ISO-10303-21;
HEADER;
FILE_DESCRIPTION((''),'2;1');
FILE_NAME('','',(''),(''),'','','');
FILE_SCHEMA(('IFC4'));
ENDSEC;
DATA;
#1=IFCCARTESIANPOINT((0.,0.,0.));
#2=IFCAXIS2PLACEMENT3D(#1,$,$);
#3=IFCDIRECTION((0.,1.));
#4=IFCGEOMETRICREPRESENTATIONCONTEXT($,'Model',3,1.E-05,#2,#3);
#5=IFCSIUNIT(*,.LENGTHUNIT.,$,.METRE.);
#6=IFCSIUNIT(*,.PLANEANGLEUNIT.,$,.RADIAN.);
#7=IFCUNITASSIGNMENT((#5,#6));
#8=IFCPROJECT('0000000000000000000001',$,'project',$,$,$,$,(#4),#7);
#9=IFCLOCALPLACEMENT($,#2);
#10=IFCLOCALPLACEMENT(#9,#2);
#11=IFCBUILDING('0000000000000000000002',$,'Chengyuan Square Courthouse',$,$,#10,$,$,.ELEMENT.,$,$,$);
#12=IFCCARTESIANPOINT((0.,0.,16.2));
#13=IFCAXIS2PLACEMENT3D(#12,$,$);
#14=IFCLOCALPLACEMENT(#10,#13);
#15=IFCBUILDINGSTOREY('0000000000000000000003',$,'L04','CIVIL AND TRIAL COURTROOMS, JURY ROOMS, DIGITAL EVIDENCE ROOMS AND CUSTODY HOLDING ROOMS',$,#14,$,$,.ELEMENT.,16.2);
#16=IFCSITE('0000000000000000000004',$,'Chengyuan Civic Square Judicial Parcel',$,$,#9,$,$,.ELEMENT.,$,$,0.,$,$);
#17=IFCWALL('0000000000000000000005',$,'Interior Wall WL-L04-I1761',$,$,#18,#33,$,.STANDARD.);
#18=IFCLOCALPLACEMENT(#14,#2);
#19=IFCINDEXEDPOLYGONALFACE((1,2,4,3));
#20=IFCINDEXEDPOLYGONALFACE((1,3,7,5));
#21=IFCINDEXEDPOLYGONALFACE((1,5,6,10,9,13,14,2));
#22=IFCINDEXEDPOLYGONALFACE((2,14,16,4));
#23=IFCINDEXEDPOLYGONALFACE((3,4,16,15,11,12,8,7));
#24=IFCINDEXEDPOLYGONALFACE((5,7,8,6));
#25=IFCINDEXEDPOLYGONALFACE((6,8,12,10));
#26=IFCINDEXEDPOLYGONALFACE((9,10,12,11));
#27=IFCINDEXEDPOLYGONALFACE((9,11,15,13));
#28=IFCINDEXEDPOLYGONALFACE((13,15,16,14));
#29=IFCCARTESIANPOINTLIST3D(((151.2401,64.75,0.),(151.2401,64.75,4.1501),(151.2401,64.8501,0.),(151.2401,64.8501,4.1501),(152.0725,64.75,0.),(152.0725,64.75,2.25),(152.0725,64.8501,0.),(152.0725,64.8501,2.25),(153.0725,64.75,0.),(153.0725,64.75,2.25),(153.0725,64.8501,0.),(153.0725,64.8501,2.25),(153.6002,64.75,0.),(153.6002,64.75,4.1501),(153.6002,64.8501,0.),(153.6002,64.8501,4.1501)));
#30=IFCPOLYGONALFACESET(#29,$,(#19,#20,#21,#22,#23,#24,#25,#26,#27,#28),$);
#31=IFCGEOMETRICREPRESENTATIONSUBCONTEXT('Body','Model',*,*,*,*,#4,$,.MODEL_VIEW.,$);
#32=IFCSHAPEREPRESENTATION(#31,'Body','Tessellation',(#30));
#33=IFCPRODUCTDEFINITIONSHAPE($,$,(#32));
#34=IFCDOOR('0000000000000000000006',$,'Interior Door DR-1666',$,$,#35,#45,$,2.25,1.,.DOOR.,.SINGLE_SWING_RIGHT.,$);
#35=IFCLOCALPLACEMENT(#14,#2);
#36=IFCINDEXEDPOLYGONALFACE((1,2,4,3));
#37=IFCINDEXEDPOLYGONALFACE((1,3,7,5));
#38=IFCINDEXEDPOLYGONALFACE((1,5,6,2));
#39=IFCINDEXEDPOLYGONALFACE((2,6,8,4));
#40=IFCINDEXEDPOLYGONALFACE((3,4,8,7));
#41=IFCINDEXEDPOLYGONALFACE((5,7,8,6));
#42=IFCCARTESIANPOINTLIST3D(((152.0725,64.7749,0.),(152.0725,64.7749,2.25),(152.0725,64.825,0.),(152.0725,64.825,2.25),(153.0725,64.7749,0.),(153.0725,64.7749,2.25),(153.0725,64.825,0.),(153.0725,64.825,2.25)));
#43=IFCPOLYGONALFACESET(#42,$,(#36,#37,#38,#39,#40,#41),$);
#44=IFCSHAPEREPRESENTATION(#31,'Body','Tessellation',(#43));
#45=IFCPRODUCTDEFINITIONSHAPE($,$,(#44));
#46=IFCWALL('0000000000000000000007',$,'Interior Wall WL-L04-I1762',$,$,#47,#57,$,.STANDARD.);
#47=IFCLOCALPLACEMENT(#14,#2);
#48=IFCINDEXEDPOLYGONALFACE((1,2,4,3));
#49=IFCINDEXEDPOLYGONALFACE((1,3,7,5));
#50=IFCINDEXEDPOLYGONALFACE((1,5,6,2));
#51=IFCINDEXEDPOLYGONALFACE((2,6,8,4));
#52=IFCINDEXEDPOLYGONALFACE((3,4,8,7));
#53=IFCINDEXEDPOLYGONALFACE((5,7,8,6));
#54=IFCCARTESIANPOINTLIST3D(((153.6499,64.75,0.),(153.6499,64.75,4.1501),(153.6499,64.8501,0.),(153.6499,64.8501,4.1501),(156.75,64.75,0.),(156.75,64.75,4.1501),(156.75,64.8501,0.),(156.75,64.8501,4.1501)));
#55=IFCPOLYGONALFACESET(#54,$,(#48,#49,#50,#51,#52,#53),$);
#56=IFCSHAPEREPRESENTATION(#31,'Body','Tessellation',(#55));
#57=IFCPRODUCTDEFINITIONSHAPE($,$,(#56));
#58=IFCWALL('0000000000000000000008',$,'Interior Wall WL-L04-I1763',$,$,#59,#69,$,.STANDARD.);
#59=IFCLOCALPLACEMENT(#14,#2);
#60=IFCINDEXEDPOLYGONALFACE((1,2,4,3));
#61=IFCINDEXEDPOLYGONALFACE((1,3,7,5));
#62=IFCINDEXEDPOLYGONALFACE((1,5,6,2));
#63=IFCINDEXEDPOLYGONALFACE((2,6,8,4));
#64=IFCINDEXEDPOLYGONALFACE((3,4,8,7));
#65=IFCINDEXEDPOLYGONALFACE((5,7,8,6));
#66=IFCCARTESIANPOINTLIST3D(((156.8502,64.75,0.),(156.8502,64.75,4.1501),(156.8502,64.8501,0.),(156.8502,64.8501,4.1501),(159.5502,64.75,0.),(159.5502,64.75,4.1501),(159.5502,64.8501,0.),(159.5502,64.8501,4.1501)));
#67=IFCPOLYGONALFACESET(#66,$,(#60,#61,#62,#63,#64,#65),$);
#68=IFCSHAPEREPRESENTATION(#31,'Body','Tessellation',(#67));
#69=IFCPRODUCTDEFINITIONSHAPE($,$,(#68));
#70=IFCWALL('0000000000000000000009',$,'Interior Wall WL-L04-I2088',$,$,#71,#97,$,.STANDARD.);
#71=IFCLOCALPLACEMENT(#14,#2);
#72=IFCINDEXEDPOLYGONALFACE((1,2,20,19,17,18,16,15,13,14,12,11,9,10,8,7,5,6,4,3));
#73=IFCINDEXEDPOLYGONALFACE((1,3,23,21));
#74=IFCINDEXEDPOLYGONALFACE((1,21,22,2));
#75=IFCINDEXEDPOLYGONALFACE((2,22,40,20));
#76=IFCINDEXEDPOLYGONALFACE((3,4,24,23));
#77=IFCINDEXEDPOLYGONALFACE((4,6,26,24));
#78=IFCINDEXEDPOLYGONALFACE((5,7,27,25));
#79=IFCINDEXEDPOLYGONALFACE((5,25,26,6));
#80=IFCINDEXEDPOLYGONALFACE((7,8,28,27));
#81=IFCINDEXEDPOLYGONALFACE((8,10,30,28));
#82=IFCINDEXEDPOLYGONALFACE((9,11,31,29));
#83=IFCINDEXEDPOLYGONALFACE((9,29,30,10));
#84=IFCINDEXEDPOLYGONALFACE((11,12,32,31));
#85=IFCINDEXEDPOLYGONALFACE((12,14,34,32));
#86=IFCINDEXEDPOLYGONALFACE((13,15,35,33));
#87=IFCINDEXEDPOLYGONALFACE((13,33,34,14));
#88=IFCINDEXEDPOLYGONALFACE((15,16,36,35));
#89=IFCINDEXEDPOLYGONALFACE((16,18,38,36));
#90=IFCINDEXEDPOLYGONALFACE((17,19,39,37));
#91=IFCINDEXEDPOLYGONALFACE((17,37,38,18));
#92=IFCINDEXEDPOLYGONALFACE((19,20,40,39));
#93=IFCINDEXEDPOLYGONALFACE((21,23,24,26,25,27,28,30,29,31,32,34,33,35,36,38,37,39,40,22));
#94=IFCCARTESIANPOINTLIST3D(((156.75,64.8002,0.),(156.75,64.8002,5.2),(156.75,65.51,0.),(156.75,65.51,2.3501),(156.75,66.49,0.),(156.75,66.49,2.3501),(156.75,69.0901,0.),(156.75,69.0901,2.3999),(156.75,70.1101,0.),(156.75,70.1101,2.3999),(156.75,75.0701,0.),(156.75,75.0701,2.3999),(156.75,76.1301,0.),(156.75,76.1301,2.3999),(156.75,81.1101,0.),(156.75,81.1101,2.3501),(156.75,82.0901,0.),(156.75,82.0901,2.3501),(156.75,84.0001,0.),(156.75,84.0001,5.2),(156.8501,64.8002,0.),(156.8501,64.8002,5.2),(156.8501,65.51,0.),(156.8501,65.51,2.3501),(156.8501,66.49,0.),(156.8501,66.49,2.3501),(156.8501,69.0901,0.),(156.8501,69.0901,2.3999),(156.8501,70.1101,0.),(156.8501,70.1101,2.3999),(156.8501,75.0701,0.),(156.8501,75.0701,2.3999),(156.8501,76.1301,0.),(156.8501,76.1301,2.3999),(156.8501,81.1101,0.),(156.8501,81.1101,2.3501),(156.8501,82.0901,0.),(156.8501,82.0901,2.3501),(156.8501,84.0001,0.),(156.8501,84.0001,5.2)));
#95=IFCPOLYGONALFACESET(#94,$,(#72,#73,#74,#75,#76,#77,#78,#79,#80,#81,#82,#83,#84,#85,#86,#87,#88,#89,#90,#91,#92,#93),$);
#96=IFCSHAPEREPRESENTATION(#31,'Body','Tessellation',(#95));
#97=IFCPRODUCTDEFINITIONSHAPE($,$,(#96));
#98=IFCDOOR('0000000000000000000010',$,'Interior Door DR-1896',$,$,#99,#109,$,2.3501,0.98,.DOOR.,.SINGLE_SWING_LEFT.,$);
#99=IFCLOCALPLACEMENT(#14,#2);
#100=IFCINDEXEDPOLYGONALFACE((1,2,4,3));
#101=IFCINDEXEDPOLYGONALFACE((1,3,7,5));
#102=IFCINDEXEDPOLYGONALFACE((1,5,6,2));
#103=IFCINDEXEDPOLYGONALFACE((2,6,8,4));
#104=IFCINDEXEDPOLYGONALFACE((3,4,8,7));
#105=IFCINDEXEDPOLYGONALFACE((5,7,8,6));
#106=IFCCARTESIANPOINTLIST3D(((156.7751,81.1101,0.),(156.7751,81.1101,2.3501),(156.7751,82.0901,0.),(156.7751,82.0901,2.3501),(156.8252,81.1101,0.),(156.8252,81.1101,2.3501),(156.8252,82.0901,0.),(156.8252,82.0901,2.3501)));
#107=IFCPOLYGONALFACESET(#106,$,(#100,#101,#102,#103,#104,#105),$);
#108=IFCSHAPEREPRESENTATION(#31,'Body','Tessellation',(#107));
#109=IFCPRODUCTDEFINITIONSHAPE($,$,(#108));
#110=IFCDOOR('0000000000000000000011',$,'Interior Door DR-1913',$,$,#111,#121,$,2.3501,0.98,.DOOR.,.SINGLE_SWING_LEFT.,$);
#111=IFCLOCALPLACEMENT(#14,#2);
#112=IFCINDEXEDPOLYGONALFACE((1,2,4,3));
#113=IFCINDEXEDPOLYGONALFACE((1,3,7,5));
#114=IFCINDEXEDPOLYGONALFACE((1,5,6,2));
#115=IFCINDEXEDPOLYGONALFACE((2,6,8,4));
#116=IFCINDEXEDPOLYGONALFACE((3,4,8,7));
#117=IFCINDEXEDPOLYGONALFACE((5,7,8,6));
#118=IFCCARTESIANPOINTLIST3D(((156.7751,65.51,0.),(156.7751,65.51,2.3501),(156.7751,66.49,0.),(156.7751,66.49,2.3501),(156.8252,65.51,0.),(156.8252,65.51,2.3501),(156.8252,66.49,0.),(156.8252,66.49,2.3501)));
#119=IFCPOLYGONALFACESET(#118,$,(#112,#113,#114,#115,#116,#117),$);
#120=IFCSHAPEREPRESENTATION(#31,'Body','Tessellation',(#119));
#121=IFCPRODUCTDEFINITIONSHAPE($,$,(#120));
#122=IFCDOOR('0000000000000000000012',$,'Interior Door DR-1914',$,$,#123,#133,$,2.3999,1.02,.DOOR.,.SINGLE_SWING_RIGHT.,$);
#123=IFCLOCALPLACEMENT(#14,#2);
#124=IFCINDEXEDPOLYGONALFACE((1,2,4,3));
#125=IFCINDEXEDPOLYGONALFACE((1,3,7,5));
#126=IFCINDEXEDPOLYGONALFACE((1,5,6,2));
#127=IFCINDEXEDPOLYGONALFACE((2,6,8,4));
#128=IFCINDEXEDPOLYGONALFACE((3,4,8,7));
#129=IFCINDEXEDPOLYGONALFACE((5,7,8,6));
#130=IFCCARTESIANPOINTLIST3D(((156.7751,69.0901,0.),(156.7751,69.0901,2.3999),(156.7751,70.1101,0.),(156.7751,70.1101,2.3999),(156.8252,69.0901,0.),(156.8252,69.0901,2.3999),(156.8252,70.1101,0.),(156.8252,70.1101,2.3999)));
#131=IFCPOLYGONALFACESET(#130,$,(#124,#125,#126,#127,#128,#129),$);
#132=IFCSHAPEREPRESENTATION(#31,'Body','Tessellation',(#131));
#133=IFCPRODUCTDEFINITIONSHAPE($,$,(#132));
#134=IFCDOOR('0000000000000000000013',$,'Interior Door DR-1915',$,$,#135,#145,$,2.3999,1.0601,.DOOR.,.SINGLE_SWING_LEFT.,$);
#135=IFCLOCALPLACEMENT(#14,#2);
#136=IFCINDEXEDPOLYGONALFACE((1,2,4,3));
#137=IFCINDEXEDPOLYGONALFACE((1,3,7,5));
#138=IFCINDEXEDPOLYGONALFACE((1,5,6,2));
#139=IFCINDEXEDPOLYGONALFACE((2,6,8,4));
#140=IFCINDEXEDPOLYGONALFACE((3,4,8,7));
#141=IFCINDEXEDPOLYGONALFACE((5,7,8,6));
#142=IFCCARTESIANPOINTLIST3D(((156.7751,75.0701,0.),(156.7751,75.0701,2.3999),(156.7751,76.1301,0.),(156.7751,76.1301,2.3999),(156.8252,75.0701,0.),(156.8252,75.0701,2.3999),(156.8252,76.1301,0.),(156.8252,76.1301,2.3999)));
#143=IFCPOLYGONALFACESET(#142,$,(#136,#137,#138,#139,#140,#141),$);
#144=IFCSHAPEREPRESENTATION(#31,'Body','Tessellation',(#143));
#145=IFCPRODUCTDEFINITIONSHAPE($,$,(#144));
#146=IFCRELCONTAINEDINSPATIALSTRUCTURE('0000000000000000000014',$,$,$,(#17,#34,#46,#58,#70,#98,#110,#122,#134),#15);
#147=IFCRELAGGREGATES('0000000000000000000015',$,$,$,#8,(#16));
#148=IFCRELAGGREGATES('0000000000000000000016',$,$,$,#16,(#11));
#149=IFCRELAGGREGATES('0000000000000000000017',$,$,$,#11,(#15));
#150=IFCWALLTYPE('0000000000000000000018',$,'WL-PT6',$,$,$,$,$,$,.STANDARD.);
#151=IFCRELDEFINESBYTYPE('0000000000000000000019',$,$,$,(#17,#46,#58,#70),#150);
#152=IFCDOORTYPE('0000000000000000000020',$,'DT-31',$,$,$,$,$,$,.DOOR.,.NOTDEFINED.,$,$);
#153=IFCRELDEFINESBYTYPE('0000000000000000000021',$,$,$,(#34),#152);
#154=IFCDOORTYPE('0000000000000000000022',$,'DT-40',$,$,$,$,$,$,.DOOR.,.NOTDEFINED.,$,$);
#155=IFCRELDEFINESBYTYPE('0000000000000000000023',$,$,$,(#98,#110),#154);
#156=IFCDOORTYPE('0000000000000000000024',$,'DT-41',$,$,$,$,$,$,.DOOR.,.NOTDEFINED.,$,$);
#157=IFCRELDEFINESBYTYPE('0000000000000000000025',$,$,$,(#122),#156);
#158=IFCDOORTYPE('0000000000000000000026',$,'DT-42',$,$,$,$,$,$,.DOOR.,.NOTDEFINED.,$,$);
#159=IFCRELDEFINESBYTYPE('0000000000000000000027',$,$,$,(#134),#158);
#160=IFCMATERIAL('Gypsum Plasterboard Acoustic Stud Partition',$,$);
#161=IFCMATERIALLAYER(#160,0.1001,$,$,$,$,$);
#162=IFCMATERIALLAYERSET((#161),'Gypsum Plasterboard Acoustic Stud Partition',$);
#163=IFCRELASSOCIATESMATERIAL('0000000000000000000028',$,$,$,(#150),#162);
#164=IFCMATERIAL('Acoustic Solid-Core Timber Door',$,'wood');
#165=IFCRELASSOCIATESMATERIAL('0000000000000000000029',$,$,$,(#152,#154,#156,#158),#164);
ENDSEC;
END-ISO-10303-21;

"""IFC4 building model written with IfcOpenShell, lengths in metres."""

from ifc_helpers import new_model, si_unit, direction, frame, frame_2d, origin, place, context, subcontext, project, spatial, rectangle, extrude, material, layer, layer_set, type_object, element, fill, save


model = new_model("IFC4")

# Units and contexts
model_context = context("Model", 3, precision=1e-05, world=origin(), true_north=direction((0.0, 1.0)))
body_context = subcontext(model_context, "Body", "Model", "MODEL_VIEW")
ifc_project = project(units=[si_unit("LENGTHUNIT", "METRE"), si_unit("PLANEANGLEUNIT", "RADIAN")], contexts=[model_context])

# Site, building, storey
site_placement = place(None, origin())
site = spatial("IfcSite", under=ifc_project, at=site_placement, Name="Chengyuan Civic Square Judicial Parcel", CompositionType="ELEMENT", RefElevation=0.0)
building_placement = place(site_placement, origin())
building = spatial("IfcBuilding", under=site, at=building_placement, Name="Chengyuan Square Courthouse", CompositionType="ELEMENT")
storey_placement = place(building_placement, frame((0.0, 0.0, 16.2)))
storey = spatial("IfcBuildingStorey", under=building, at=storey_placement, Name="L04", Description="CIVIL AND TRIAL COURTROOMS, JURY ROOMS, DIGITAL EVIDENCE ROOMS AND CUSTODY HOLDING ROOMS", CompositionType="ELEMENT", Elevation=16.2)

# Wall, opening, door
ifc_material_1 = material(Name="Gypsum Plasterboard Acoustic Stud Partition")
ifc_layer_1 = layer(ifc_material_1, 0.1001)
ifc_layer_set_1 = layer_set([ifc_layer_1], Name="Gypsum Plasterboard Acoustic Stud Partition")
wall_type_1 = type_object("IfcWallType", Name="WL-PT6", PredefinedType="STANDARD", material=ifc_layer_set_1)
wall_1_placement = place(storey_placement, frame((151.24, 64.8, 0.0), z_axis=(0.0, 0.0, 1.0), x_axis=(1.0, 0.0, 0.0)))
wall_1 = element("IfcWall", 1, at=wall_1_placement, inside=storey, type_object=wall_type_1, Name="Interior Wall WL-L04-I1761", PredefinedType="STANDARD", context=body_context, shape_type="SweptSolid", body=[
    extrude(rectangle(XDim=2.3601, YDim=0.1001, at=frame_2d((1.1802, 0.0))), origin(), (0.0, 0.0, 1.0), 4.1501),
])
opening_1_placement = place(wall_1_placement, frame((0.8325, 0.0, 0.0)))
opening_1 = element("IfcOpeningElement", 2, at=opening_1_placement, cuts=wall_1, PredefinedType="OPENING", context=body_context, shape_type="SweptSolid", body=[
    extrude(rectangle(XDim=1.0, YDim=2.25, at=frame_2d((0.5, 1.125))), frame((0.0, 0.062, 0.0), z_axis=(0.0, -1.0, 0.0), x_axis=(1.0, 0.0, 0.0)), (0.0, 0.0, 1.0), 0.124),
])
ifc_material_2 = material(Name="Acoustic Solid-Core Timber Door", Category="wood")
door_type_1 = type_object("IfcDoorType", Name="DT-31", OperationType="NOTDEFINED", PredefinedType="DOOR", material=ifc_material_2)
door_1_placement = place(opening_1_placement, origin())
door_1 = element("IfcDoor", 3, at=door_1_placement, inside=storey, type_object=door_type_1, Name="Interior Door DR-1666", OperationType="SINGLE_SWING_RIGHT", OverallHeight=2.25, OverallWidth=1.0, PredefinedType="DOOR", context=body_context, shape_type="SweptSolid", body=[
    extrude(rectangle(XDim=1.0, YDim=2.25, at=frame_2d((0.5, 1.125))), frame((0.0, 0.0249, 0.0), z_axis=(0.0, -1.0, 0.0), x_axis=(1.0, 0.0, 0.0)), (0.0, 0.0, 1.0), 0.05),
])
fill(opening_1, door_1)

# Walls
wall_2_placement = place(storey_placement, frame((153.6499, 64.8, 0.0), z_axis=(0.0, 0.0, 1.0), x_axis=(1.0, 0.0, 0.0)))
element("IfcWall", 4, at=wall_2_placement, inside=storey, type_object=wall_type_1, Name="Interior Wall WL-L04-I1762", PredefinedType="STANDARD", context=body_context, shape_type="SweptSolid", body=[
    extrude(rectangle(XDim=3.1001, YDim=0.1001, at=frame_2d((1.55, 0.0))), origin(), (0.0, 0.0, 1.0), 4.1501),
])
wall_3_placement = place(storey_placement, frame((156.8501, 64.8, 0.0), z_axis=(0.0, 0.0, 1.0), x_axis=(1.0, 0.0, 0.0)))
element("IfcWall", 5, at=wall_3_placement, inside=storey, type_object=wall_type_1, Name="Interior Wall WL-L04-I1763", PredefinedType="STANDARD", context=body_context, shape_type="SweptSolid", body=[
    extrude(rectangle(XDim=2.7, YDim=0.1001, at=frame_2d((1.3501, 0.0))), origin(), (0.0, 0.0, 1.0), 4.1501),
])

# Wall, openings, doors
wall_4_placement = place(storey_placement, frame((156.8, 64.8, 0.0), z_axis=(0.0, 0.0, 1.0), x_axis=(0.0, 1.0, 0.0)))
wall_4 = element("IfcWall", 6, at=wall_4_placement, inside=storey, type_object=wall_type_1, Name="Interior Wall WL-L04-I2088", PredefinedType="STANDARD", context=body_context, shape_type="SweptSolid", body=[
    extrude(rectangle(XDim=19.2, YDim=0.1001, at=frame_2d((9.6001, 0.0))), origin(), (0.0, 0.0, 1.0), 5.2),
])
opening_2_placement = place(wall_4_placement, frame((16.3101, 0.0, 0.0)))
opening_2 = element("IfcOpeningElement", 7, at=opening_2_placement, cuts=wall_4, PredefinedType="OPENING", context=body_context, shape_type="SweptSolid", body=[
    extrude(rectangle(XDim=0.98, YDim=2.3501, at=frame_2d((0.49, 1.175))), frame((0.0, 0.062, 0.0), z_axis=(0.0, -1.0, 0.0), x_axis=(1.0, 0.0, 0.0)), (0.0, 0.0, 1.0), 0.124),
])
opening_3_placement = place(wall_4_placement, frame((0.71, 0.0, 0.0)))
opening_3 = element("IfcOpeningElement", 8, at=opening_3_placement, cuts=wall_4, PredefinedType="OPENING", context=body_context, shape_type="SweptSolid", body=[
    extrude(rectangle(XDim=0.98, YDim=2.3501, at=frame_2d((0.49, 1.175))), frame((0.0, 0.062, 0.0), z_axis=(0.0, -1.0, 0.0), x_axis=(1.0, 0.0, 0.0)), (0.0, 0.0, 1.0), 0.124),
])
opening_4_placement = place(wall_4_placement, frame((4.29, 0.0, 0.0)))
opening_4 = element("IfcOpeningElement", 9, at=opening_4_placement, cuts=wall_4, PredefinedType="OPENING", context=body_context, shape_type="SweptSolid", body=[
    extrude(rectangle(XDim=1.02, YDim=2.3999, at=frame_2d((0.51, 1.2))), frame((0.0, 0.062, 0.0), z_axis=(0.0, -1.0, 0.0), x_axis=(1.0, 0.0, 0.0)), (0.0, 0.0, 1.0), 0.124),
])
opening_5_placement = place(wall_4_placement, frame((10.27, 0.0, 0.0)))
opening_5 = element("IfcOpeningElement", 10, at=opening_5_placement, cuts=wall_4, PredefinedType="OPENING", context=body_context, shape_type="SweptSolid", body=[
    extrude(rectangle(XDim=1.0601, YDim=2.3999, at=frame_2d((0.53, 1.2))), frame((0.0, 0.062, 0.0), z_axis=(0.0, -1.0, 0.0), x_axis=(1.0, 0.0, 0.0)), (0.0, 0.0, 1.0), 0.124),
])
door_type_2 = type_object("IfcDoorType", Name="DT-40", OperationType="NOTDEFINED", PredefinedType="DOOR", material=ifc_material_2)
door_2_placement = place(opening_2_placement, origin())
door_2 = element("IfcDoor", 11, at=door_2_placement, inside=storey, type_object=door_type_2, Name="Interior Door DR-1896", OperationType="SINGLE_SWING_LEFT", OverallHeight=2.3501, OverallWidth=0.98, PredefinedType="DOOR", context=body_context, shape_type="SweptSolid", body=[
    extrude(rectangle(XDim=0.98, YDim=2.3501, at=frame_2d((0.49, 1.175))), frame((0.0, 0.0249, 0.0), z_axis=(0.0, -1.0, 0.0), x_axis=(1.0, 0.0, 0.0)), (0.0, 0.0, 1.0), 0.05),
])
fill(opening_2, door_2)
door_3_placement = place(opening_3_placement, origin())
door_3 = element("IfcDoor", 12, at=door_3_placement, inside=storey, type_object=door_type_2, Name="Interior Door DR-1913", OperationType="SINGLE_SWING_LEFT", OverallHeight=2.3501, OverallWidth=0.98, PredefinedType="DOOR", context=body_context, shape_type="SweptSolid", body=[
    extrude(rectangle(XDim=0.98, YDim=2.3501, at=frame_2d((0.49, 1.175))), frame((0.0, 0.0249, 0.0), z_axis=(0.0, -1.0, 0.0), x_axis=(1.0, 0.0, 0.0)), (0.0, 0.0, 1.0), 0.05),
])
fill(opening_3, door_3)
door_type_3 = type_object("IfcDoorType", Name="DT-41", OperationType="NOTDEFINED", PredefinedType="DOOR", material=ifc_material_2)
door_4_placement = place(opening_4_placement, origin())
door_4 = element("IfcDoor", 13, at=door_4_placement, inside=storey, type_object=door_type_3, Name="Interior Door DR-1914", OperationType="SINGLE_SWING_RIGHT", OverallHeight=2.3999, OverallWidth=1.02, PredefinedType="DOOR", context=body_context, shape_type="SweptSolid", body=[
    extrude(rectangle(XDim=1.02, YDim=2.3999, at=frame_2d((0.51, 1.2))), frame((0.0, 0.0249, 0.0), z_axis=(0.0, -1.0, 0.0), x_axis=(1.0, 0.0, 0.0)), (0.0, 0.0, 1.0), 0.05),
])
fill(opening_4, door_4)
door_type_4 = type_object("IfcDoorType", Name="DT-42", OperationType="NOTDEFINED", PredefinedType="DOOR", material=ifc_material_2)
door_5_placement = place(opening_5_placement, origin())
door_5 = element("IfcDoor", 14, at=door_5_placement, inside=storey, type_object=door_type_4, Name="Interior Door DR-1915", OperationType="SINGLE_SWING_LEFT", OverallHeight=2.3999, OverallWidth=1.0601, PredefinedType="DOOR", context=body_context, shape_type="SweptSolid", body=[
    extrude(rectangle(XDim=1.0601, YDim=2.3999, at=frame_2d((0.53, 1.2))), frame((0.0, 0.0249, 0.0), z_axis=(0.0, -1.0, 0.0), x_axis=(1.0, 0.0, 0.0)), (0.0, 0.0, 1.0), 0.05),
])
fill(opening_5, door_5)

save(model, "model.ifc")
